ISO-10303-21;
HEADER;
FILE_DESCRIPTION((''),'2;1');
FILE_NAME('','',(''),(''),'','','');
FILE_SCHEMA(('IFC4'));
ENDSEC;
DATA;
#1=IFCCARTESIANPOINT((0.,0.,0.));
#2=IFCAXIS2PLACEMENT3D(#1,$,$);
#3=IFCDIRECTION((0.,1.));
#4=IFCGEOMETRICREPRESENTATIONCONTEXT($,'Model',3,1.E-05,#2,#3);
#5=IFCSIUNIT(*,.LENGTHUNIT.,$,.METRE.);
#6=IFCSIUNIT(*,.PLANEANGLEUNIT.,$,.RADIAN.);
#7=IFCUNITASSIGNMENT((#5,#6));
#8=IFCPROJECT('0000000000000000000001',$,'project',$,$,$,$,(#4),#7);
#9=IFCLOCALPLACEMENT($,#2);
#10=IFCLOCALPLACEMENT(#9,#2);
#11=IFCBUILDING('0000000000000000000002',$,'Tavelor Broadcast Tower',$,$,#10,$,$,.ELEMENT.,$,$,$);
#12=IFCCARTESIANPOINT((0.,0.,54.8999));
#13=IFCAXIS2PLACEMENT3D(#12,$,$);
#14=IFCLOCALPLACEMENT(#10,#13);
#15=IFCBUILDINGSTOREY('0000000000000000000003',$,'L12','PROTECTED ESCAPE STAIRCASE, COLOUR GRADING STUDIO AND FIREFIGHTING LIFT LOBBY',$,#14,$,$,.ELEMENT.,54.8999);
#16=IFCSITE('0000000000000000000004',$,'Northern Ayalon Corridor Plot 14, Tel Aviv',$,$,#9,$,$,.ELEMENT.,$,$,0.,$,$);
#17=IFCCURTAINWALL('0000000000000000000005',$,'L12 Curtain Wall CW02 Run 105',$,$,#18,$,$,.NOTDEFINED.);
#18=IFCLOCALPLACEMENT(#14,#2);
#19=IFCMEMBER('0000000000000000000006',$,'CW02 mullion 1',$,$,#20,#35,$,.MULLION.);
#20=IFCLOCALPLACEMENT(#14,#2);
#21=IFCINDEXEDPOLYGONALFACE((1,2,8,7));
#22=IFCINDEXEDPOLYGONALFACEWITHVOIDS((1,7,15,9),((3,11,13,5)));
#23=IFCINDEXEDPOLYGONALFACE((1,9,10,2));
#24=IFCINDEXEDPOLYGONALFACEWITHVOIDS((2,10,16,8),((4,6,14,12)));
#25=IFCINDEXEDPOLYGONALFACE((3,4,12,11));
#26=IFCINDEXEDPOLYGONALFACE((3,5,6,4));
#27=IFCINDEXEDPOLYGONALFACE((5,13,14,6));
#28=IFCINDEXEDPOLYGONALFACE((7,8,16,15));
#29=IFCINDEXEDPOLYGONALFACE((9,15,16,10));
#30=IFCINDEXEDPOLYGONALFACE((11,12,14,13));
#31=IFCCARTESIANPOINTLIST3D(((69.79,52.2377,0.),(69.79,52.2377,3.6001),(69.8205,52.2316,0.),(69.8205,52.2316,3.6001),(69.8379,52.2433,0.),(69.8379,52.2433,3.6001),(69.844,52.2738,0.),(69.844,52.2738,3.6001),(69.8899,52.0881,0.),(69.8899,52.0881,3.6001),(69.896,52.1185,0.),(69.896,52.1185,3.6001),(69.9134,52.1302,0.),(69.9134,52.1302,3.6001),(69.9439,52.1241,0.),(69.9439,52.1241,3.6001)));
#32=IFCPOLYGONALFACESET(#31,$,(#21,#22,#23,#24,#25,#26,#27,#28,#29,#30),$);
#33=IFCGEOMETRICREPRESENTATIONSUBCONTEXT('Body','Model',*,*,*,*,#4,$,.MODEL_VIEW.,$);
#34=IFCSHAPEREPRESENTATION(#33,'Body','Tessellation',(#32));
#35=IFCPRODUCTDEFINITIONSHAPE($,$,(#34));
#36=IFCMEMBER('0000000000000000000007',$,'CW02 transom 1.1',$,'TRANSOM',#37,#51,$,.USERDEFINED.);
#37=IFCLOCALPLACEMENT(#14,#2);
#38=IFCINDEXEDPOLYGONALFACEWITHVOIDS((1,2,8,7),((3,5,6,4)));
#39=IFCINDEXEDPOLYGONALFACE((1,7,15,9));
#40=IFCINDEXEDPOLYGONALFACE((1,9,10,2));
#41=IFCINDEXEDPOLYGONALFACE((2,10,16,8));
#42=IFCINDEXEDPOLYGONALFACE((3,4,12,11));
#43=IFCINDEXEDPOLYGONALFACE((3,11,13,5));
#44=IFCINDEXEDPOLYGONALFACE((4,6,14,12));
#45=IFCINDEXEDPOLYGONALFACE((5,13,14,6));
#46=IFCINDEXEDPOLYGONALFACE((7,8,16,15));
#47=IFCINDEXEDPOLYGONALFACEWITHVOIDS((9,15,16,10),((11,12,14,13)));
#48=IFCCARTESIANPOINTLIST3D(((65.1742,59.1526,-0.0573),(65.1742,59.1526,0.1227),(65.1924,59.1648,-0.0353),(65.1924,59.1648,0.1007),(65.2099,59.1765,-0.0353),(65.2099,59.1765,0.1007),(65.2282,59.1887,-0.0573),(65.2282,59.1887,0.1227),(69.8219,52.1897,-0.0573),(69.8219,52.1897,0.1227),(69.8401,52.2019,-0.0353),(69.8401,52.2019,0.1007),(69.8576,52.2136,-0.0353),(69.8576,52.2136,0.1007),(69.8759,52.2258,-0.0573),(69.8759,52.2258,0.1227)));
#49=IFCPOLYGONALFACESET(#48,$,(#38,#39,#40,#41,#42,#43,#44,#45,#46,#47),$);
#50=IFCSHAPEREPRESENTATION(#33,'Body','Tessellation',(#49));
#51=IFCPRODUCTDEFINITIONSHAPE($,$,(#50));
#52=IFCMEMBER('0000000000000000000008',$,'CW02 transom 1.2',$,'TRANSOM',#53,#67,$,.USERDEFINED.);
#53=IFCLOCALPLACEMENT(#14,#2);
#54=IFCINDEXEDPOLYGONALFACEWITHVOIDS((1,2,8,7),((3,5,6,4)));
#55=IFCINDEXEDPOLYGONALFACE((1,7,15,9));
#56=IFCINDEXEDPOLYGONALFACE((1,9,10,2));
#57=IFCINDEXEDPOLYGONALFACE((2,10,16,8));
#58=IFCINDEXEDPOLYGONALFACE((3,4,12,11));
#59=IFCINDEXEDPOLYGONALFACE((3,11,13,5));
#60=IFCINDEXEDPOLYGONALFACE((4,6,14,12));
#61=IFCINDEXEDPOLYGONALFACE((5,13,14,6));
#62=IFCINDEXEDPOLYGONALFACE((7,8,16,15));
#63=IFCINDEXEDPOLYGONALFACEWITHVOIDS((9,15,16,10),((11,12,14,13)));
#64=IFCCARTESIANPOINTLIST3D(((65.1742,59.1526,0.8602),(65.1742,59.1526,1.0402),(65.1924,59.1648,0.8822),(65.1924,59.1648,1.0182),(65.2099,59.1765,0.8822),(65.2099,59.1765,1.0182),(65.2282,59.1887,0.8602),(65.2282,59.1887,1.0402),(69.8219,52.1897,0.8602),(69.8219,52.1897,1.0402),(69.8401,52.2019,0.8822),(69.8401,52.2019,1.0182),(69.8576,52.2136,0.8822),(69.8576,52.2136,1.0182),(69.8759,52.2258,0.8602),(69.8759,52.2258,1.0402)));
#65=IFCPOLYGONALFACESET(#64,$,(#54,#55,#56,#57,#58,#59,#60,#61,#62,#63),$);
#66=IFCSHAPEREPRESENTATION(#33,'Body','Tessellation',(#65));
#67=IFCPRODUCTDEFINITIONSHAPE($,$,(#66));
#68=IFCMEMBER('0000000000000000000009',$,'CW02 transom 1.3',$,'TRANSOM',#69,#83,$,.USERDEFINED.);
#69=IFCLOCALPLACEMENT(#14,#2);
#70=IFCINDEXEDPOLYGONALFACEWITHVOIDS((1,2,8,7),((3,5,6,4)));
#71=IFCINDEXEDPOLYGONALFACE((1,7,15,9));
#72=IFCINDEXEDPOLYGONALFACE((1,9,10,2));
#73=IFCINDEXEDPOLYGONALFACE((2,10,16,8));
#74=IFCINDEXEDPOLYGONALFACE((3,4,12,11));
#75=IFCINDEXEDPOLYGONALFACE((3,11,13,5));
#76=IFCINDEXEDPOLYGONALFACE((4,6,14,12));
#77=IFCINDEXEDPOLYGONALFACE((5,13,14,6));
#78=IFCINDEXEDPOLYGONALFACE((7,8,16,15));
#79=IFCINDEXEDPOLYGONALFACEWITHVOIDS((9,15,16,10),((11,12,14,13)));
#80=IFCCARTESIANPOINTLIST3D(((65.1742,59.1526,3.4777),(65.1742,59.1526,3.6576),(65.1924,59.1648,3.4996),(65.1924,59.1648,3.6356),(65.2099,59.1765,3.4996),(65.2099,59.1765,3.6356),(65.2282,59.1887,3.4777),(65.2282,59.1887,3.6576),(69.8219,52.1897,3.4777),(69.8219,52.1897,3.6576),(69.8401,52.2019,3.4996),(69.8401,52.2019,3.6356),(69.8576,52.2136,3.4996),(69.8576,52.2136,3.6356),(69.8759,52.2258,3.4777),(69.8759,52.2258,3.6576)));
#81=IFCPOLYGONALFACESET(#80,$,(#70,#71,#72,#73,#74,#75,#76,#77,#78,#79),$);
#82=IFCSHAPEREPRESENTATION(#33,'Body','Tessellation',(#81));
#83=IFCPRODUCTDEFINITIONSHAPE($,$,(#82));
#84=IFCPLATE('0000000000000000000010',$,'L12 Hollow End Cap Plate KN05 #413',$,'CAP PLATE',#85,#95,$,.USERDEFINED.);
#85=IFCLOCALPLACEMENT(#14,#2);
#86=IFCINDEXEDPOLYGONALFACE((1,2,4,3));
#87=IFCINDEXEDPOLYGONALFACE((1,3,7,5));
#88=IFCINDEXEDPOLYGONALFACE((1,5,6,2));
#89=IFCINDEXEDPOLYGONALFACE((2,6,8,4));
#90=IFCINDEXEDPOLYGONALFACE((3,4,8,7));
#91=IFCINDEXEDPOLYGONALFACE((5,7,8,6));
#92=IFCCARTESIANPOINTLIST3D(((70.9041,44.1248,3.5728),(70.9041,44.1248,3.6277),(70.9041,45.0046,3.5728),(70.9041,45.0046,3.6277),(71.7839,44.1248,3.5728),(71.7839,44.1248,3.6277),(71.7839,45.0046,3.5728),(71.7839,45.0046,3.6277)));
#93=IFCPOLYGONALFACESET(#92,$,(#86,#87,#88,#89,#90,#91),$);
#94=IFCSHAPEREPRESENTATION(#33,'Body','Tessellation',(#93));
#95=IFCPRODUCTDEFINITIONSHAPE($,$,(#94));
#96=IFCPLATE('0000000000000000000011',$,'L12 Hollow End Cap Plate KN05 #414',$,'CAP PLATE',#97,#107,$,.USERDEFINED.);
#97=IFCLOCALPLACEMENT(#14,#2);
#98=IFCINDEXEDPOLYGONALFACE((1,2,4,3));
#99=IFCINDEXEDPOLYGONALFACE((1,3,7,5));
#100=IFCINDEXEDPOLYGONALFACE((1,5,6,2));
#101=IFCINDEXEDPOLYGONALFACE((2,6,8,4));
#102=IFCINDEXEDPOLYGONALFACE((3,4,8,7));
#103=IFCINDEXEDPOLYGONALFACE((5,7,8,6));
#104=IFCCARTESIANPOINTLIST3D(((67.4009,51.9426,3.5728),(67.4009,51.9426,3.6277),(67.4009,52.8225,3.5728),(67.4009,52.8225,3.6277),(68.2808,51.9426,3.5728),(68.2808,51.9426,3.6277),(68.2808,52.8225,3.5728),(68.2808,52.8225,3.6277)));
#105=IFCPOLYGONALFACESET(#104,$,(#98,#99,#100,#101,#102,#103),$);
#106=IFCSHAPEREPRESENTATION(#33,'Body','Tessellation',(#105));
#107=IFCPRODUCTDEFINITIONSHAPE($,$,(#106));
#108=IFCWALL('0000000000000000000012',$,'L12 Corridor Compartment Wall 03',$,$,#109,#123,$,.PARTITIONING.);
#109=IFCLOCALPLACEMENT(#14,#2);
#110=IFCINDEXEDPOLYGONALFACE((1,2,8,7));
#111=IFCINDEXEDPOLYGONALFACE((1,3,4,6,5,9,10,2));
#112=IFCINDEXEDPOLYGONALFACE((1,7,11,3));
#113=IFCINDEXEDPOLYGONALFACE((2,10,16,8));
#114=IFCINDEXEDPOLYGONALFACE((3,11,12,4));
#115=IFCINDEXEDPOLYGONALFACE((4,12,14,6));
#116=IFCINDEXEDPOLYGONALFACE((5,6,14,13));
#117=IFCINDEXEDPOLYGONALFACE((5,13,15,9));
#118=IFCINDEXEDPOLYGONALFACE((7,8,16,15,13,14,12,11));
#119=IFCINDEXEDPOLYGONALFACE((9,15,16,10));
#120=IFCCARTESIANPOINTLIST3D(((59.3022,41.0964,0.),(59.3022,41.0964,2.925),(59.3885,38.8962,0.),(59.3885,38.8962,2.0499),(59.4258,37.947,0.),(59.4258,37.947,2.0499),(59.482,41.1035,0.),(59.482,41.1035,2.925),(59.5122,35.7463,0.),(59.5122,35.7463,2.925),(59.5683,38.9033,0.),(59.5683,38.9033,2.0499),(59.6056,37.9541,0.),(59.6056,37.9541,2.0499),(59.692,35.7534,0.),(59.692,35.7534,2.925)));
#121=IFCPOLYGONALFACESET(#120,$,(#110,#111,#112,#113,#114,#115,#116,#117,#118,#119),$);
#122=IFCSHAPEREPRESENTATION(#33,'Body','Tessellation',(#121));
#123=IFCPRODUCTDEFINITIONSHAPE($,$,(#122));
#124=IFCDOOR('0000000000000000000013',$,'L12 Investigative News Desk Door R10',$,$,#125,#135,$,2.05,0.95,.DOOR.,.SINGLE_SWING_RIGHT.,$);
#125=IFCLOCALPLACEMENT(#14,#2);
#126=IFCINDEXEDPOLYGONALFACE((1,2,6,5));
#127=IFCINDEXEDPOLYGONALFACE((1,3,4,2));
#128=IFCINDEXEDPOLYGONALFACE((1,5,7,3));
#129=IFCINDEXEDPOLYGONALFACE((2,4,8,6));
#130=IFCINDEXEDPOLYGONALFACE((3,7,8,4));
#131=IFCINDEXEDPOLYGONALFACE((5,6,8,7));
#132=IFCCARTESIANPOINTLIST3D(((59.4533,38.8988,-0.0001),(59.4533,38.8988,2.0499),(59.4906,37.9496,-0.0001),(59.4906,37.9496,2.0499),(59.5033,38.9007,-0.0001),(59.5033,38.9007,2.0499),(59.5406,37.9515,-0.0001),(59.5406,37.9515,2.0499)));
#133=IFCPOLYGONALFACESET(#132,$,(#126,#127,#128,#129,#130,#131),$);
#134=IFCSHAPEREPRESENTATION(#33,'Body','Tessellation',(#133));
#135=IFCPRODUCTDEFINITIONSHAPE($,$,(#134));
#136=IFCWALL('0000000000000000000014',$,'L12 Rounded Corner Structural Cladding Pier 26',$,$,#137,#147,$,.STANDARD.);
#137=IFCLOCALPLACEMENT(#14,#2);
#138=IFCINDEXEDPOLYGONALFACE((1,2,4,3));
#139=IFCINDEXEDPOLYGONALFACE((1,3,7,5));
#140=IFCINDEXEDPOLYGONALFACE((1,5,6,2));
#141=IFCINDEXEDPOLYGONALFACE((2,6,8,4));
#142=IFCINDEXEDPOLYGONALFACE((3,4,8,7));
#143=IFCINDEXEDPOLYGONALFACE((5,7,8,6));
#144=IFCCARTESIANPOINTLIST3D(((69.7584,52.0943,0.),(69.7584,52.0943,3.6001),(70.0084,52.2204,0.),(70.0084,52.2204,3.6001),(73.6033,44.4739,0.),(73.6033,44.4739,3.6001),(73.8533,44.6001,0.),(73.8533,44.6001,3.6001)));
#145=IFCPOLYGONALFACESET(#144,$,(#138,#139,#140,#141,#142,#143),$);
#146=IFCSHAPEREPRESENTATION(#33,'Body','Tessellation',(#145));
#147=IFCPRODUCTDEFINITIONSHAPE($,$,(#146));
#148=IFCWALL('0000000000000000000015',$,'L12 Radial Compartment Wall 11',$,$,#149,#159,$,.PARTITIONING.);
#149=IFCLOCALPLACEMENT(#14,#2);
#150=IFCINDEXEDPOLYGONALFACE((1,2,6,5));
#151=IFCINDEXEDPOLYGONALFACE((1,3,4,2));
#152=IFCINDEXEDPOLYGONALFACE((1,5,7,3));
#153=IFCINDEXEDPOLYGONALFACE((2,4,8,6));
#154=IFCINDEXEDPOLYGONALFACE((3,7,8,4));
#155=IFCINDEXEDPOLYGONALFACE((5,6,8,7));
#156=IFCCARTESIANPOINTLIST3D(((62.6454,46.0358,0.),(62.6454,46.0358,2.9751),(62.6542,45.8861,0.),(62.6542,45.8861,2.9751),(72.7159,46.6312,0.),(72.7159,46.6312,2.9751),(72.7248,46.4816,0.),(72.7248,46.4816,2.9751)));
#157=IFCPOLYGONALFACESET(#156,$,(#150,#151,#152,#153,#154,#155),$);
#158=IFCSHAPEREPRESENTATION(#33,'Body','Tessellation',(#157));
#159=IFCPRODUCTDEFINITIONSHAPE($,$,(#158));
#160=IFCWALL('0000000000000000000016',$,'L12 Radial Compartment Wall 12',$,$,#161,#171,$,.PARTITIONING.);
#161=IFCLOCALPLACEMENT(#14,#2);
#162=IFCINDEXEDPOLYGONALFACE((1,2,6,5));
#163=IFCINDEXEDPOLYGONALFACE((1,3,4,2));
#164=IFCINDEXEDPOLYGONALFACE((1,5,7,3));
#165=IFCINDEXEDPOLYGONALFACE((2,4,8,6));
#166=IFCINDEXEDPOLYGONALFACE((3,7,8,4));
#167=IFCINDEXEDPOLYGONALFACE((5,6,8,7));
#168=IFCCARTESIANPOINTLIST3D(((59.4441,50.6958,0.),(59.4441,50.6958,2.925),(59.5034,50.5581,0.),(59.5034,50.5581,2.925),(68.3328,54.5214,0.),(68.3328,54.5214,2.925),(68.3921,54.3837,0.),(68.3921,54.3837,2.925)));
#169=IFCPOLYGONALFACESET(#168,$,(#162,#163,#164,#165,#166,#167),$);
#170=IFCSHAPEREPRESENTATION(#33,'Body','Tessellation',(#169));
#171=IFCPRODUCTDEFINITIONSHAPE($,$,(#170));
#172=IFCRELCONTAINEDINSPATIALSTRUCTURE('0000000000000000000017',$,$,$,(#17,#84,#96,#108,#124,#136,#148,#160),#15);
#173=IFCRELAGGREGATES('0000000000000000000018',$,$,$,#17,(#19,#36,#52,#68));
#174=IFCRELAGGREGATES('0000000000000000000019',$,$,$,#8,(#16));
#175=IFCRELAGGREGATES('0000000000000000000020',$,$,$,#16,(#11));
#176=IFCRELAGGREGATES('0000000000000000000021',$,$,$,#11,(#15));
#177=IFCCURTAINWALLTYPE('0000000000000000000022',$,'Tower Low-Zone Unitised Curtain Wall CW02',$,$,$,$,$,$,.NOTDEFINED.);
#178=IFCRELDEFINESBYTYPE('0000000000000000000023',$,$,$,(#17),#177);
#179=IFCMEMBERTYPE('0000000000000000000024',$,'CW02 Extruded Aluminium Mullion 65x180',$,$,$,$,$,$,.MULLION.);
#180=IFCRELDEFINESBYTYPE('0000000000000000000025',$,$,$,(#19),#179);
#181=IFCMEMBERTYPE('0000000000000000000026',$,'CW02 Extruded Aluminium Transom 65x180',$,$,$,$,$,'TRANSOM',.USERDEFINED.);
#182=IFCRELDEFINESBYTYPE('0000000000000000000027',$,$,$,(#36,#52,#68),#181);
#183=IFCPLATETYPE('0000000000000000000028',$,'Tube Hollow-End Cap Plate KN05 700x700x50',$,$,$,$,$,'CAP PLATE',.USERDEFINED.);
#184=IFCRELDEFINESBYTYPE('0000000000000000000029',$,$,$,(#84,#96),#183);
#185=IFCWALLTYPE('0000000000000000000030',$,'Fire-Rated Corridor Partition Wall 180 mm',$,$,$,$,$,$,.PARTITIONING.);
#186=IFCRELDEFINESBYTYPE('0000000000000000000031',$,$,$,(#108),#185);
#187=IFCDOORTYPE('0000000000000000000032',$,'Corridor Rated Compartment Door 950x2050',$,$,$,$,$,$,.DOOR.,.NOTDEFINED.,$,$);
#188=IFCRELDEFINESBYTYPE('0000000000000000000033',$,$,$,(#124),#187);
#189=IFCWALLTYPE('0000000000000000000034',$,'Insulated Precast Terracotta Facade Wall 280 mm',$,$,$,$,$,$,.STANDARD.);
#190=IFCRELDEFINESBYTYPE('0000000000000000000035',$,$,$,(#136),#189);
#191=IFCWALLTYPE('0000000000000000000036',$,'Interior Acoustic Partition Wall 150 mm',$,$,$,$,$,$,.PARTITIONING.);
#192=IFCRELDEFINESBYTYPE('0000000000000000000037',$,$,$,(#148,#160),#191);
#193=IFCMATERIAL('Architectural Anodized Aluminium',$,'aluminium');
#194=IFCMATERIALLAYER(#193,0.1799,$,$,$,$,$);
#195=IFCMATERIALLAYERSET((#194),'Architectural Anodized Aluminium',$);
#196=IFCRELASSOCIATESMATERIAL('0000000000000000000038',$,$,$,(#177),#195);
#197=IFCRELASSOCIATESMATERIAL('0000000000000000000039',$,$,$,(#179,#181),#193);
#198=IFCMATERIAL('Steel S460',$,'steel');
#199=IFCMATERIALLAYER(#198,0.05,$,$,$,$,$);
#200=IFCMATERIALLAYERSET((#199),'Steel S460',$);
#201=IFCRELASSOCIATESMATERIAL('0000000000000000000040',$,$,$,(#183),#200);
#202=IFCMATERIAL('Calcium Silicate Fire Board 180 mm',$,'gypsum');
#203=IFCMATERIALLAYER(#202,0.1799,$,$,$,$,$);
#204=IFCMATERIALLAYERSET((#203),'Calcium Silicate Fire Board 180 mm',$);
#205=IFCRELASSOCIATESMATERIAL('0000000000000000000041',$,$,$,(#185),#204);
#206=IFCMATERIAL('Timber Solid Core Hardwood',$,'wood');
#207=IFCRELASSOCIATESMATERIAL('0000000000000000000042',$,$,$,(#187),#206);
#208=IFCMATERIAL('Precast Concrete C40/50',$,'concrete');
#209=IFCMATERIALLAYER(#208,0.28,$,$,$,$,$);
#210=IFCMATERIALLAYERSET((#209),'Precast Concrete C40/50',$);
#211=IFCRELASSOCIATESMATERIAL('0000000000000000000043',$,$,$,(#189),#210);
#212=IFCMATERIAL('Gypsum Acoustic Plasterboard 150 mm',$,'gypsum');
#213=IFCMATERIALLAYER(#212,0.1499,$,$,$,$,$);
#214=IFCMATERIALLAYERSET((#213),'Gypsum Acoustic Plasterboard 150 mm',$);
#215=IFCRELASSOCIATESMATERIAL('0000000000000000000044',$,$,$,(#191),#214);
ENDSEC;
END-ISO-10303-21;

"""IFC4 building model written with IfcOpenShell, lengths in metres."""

from ifc_helpers import new_model, si_unit, direction, frame, frame_2d, origin, origin_2d, place, context, subcontext, project, spatial, rectangle, hollow_rectangle, extrude, source, transform, mapped, material, layer, layer_set, material_profile, profile_set, type_object, type_shapes, element, fill, aggregate, save


model = new_model("IFC4")

# Units and contexts
model_context = context("Model", 3, precision=1e-05, world=origin(), true_north=direction((0.0, 1.0)))
body_context = subcontext(model_context, "Body", "Model", "MODEL_VIEW")
ifc_project = project(units=[si_unit("LENGTHUNIT", "METRE"), si_unit("PLANEANGLEUNIT", "RADIAN")], contexts=[model_context])

# Site, building, storey
site_placement = place(None, origin())
site = spatial("IfcSite", under=ifc_project, at=site_placement, Name="Northern Ayalon Corridor Plot 14, Tel Aviv", CompositionType="ELEMENT", RefElevation=0.0)
building_placement = place(site_placement, origin())
building = spatial("IfcBuilding", under=site, at=building_placement, Name="Tavelor Broadcast Tower", CompositionType="ELEMENT")
storey_placement = place(building_placement, frame((0.0, 0.0, 54.8999)))
storey = spatial("IfcBuildingStorey", under=building, at=storey_placement, Name="L12", Description="PROTECTED ESCAPE STAIRCASE, COLOUR GRADING STUDIO AND FIREFIGHTING LIFT LOBBY", CompositionType="ELEMENT", Elevation=54.8999)

# Shared definitions
ifc_material_1 = material(Name="Steel S460", Category="steel")

# Curtain wall, members
ifc_material_2 = material(Name="Architectural Anodized Aluminium", Category="aluminium")
ifc_layer_1 = layer(ifc_material_2, 0.1799)
ifc_layer_set_1 = layer_set([ifc_layer_1], Name="Architectural Anodized Aluminium")
curtain_wall_type = type_object("IfcCurtainWallType", Name="Tower Low-Zone Unitised Curtain Wall CW02", PredefinedType="NOTDEFINED", material=ifc_layer_set_1)
curtain_wall_placement = place(storey_placement, origin())
curtain_wall = element("IfcCurtainWall", 1, at=curtain_wall_placement, inside=storey, type_object=curtain_wall_type, Name="L12 Curtain Wall CW02 Run 105", PredefinedType="NOTDEFINED")
ifc_material_profile_1 = material_profile(ifc_material_2, hollow_rectangle(XDim=0.0649, YDim=0.1799, WallThickness=0.022, at=origin_2d()), Name="RHS 65x180x22")
ifc_profile_set_1 = profile_set([ifc_material_profile_1], Name="Architectural Anodized Aluminium")
member_type_1 = type_object("IfcMemberType", Name="CW02 Extruded Aluminium Mullion 65x180", PredefinedType="MULLION", material=ifc_profile_set_1)
shared_shape_1 = source(origin(), body_context, "Body", "SweptSolid", [
    extrude(hollow_rectangle(XDim=0.0649, YDim=0.1799, WallThickness=0.022, at=origin_2d()), origin(), (0.0, 0.0, 1.0), 3.6001),
])
type_shapes(member_type_1, [shared_shape_1])
member_1_placement = place(storey_placement, frame((69.8669, 52.1809, 0.0), z_axis=(0.0, 0.0, 1.0), x_axis=(-0.831717, -0.5552, 0.0)))
member_1 = element("IfcMember", 2, at=member_1_placement, type_object=member_type_1, Name="CW02 mullion 1", PredefinedType="MULLION", context=body_context, shape_type="MappedRepresentation", body=[
    mapped(shared_shape_1, transform((0.0, 0.0, 0.0), scale=1.0)),
])
ifc_material_profile_2 = material_profile(ifc_material_2, hollow_rectangle(XDim=0.0649, YDim=0.1799, WallThickness=0.022, at=origin_2d()), Name="RHS 65x180x22")
ifc_profile_set_2 = profile_set([ifc_material_profile_2], Name="Architectural Anodized Aluminium")
member_type_2 = type_object("IfcMemberType", Name="CW02 Extruded Aluminium Transom 65x180", ElementType="TRANSOM", PredefinedType="USERDEFINED", material=ifc_profile_set_2)
shared_shape_2 = source(origin(), body_context, "Body", "SweptSolid", [
    extrude(hollow_rectangle(XDim=0.0649, YDim=0.1799, WallThickness=0.022, at=origin_2d()), origin(), (0.0, 0.0, 1.0), 8.3716),
])
type_shapes(member_type_2, [shared_shape_2])
member_2_placement = place(storey_placement, frame((69.8489, 52.2078, 0.0327), z_axis=(-0.555178, 0.831732, 0.0), x_axis=(-0.831732, -0.555178, 0.0)))
member_2 = element("IfcMember", 3, at=member_2_placement, type_object=member_type_2, Name="CW02 transom 1.1", ObjectType="TRANSOM", PredefinedType="USERDEFINED", context=body_context, shape_type="MappedRepresentation", body=[
    mapped(shared_shape_2, transform((0.0, 0.0, 0.0), scale=1.0)),
])
member_3_placement = place(storey_placement, frame((69.8489, 52.2078, 0.9502), z_axis=(-0.555178, 0.831732, 0.0), x_axis=(-0.831732, -0.555178, 0.0)))
member_3 = element("IfcMember", 4, at=member_3_placement, type_object=member_type_2, Name="CW02 transom 1.2", ObjectType="TRANSOM", PredefinedType="USERDEFINED", context=body_context, shape_type="MappedRepresentation", body=[
    mapped(shared_shape_2, transform((0.0, 0.0, 0.0), scale=1.0)),
])
member_4_placement = place(storey_placement, frame((69.8489, 52.2078, 3.5676), z_axis=(-0.555178, 0.831732, 0.0), x_axis=(-0.831732, -0.555178, 0.0)))
member_4 = element("IfcMember", 5, at=member_4_placement, type_object=member_type_2, Name="CW02 transom 1.3", ObjectType="TRANSOM", PredefinedType="USERDEFINED", context=body_context, shape_type="MappedRepresentation", body=[
    mapped(shared_shape_2, transform((0.0, 0.0, 0.0), scale=1.0)),
])
aggregate(curtain_wall, [member_1, member_2, member_3, member_4])

# Plates
ifc_layer_2 = layer(ifc_material_1, 0.05)
ifc_layer_set_2 = layer_set([ifc_layer_2], Name="Steel S460")
plate_type = type_object("IfcPlateType", Name="Tube Hollow-End Cap Plate KN05 700x700x50", ElementType="CAP PLATE", PredefinedType="USERDEFINED", material=ifc_layer_set_2)
shared_shape_3 = source(origin(), body_context, "Body", "SweptSolid", [
    extrude(rectangle(XDim=0.8799, YDim=0.8799, at=origin_2d()), origin(), (0.0, 0.0, 1.0), 0.0549),
])
type_shapes(plate_type, [shared_shape_3])
for number, where, z_axis, x_axis, name in (
    (6, (71.344, 44.5647, 3.5728), (0.0, 0.0, 1.0), (1.0, 0.0, 0.0), "L12 Hollow End Cap Plate KN05 #413"),
    (7, (67.8408, 52.3826, 3.5728), (0.0, 0.0, 1.0), (1.0, 0.0, 0.0), "L12 Hollow End Cap Plate KN05 #414"),
):
    element("IfcPlate", number, at=place(storey_placement, frame(where, z_axis=z_axis, x_axis=x_axis)), inside=storey, type_object=plate_type, Name=name, ObjectType="CAP PLATE", PredefinedType="USERDEFINED", context=body_context, shape_type="MappedRepresentation", body=[
        mapped(shared_shape_3, transform((0.0, 0.0, 0.0), scale=1.0)),
    ])

# Wall, opening, door
ifc_material_3 = material(Name="Calcium Silicate Fire Board 180 mm", Category="gypsum")
ifc_layer_3 = layer(ifc_material_3, 0.1799)
ifc_layer_set_3 = layer_set([ifc_layer_3], Name="Calcium Silicate Fire Board 180 mm")
wall_type_1 = type_object("IfcWallType", Name="Fire-Rated Corridor Partition Wall 180 mm", PredefinedType="PARTITIONING", material=ifc_layer_set_3)
wall_1_placement = place(storey_placement, frame((59.3921, 41.1001, 0.0), z_axis=(0.0, 0.0, 1.0), x_axis=(0.039214, -0.999231, 0.0)))
wall_1 = element("IfcWall", 8, at=wall_1_placement, inside=storey, type_object=wall_type_1, Name="L12 Corridor Compartment Wall 03", PredefinedType="PARTITIONING", context=body_context, shape_type="SweptSolid", body=[
    extrude(rectangle(XDim=5.3542, YDim=0.1799, at=frame_2d((2.6772, 0.0))), origin(), (0.0, 0.0, 1.0), 2.925),
])
opening_1_placement = place(wall_1_placement, frame((2.2019, 0.0, 0.0)))
opening_1 = element("IfcOpeningElement", 9, at=opening_1_placement, cuts=wall_1, PredefinedType="OPENING", context=body_context, shape_type="SweptSolid", body=[
    extrude(rectangle(XDim=0.95, YDim=2.05, at=frame_2d((0.4751, 1.0249))), frame((0.0, 0.1001, 0.0), z_axis=(0.0, -1.0, 0.0), x_axis=(1.0, 0.0, 0.0)), (0.0, 0.0, 1.0), 0.2),
])
ifc_material_4 = material(Name="Timber Solid Core Hardwood", Category="wood")
door_type_1 = type_object("IfcDoorType", Name="Corridor Rated Compartment Door 950x2050", OperationType="NOTDEFINED", PredefinedType="DOOR", material=ifc_material_4)
door_1_placement = place(opening_1_placement, origin())
door_1 = element("IfcDoor", 10, at=door_1_placement, inside=storey, type_object=door_type_1, Name="L12 Investigative News Desk Door R10", OperationType="SINGLE_SWING_RIGHT", OverallHeight=2.05, OverallWidth=0.95, PredefinedType="DOOR", context=body_context, shape_type="SweptSolid", body=[
    extrude(rectangle(XDim=0.95, YDim=2.05, at=frame_2d((0.4751, 1.0249))), frame((0.0, 0.0249, 0.0), z_axis=(0.0, -1.0, 0.0), x_axis=(1.0, 0.0, 0.0)), (0.0, 0.0, 1.0), 0.05),
])
fill(opening_1, door_1)

# Walls
ifc_material_5 = material(Name="Precast Concrete C40/50", Category="concrete")
ifc_layer_4 = layer(ifc_material_5, 0.28)
ifc_layer_set_4 = layer_set([ifc_layer_4], Name="Precast Concrete C40/50")
wall_type_2 = type_object("IfcWallType", Name="Insulated Precast Terracotta Facade Wall 280 mm", PredefinedType="STANDARD", material=ifc_layer_set_4)
wall_2_placement = place(storey_placement, frame((73.7283, 44.5371, 0.0), z_axis=(0.0, 0.0, 1.0), x_axis=(-0.450471, 0.892791, 0.0)))
element("IfcWall", 11, at=wall_2_placement, inside=storey, type_object=wall_type_2, Name="L12 Rounded Corner Structural Cladding Pier 26", PredefinedType="STANDARD", context=body_context, shape_type="SweptSolid", body=[
    extrude(rectangle(XDim=8.5354, YDim=0.28, at=frame_2d((4.2676, 0.0))), origin(), (0.0, 0.0, 1.0), 3.6001),
])
ifc_material_6 = material(Name="Gypsum Acoustic Plasterboard 150 mm", Category="gypsum")
ifc_layer_5 = layer(ifc_material_6, 0.1499)
ifc_layer_set_5 = layer_set([ifc_layer_5], Name="Gypsum Acoustic Plasterboard 150 mm")
wall_type_3 = type_object("IfcWallType", Name="Interior Acoustic Partition Wall 150 mm", PredefinedType="PARTITIONING", material=ifc_layer_set_5)
wall_3_placement = place(storey_placement, frame((62.6499, 45.9609, 0.0), z_axis=(0.0, 0.0, 1.0), x_axis=(0.998256, 0.059026, 0.0)))
element("IfcWall", 12, at=wall_3_placement, inside=storey, type_object=wall_type_3, Name="L12 Radial Compartment Wall 11", PredefinedType="PARTITIONING", context=body_context, shape_type="SweptSolid", body=[
    extrude(rectangle(XDim=10.0881, YDim=0.1499, at=frame_2d((5.0439, 0.0))), origin(), (0.0, 0.0, 1.0), 2.9751),
])
wall_4_placement = place(storey_placement, frame((59.4739, 50.627, 0.0), z_axis=(0.0, 0.0, 1.0), x_axis=(0.918536, 0.395338, 0.0)))
element("IfcWall", 13, at=wall_4_placement, inside=storey, type_object=wall_type_3, Name="L12 Radial Compartment Wall 12", PredefinedType="PARTITIONING", context=body_context, shape_type="SweptSolid", body=[
    extrude(rectangle(XDim=9.677, YDim=0.1499, at=frame_2d((4.8384, 0.0))), origin(), (0.0, 0.0, 1.0), 2.925),
])

save(model, "model.ifc")
